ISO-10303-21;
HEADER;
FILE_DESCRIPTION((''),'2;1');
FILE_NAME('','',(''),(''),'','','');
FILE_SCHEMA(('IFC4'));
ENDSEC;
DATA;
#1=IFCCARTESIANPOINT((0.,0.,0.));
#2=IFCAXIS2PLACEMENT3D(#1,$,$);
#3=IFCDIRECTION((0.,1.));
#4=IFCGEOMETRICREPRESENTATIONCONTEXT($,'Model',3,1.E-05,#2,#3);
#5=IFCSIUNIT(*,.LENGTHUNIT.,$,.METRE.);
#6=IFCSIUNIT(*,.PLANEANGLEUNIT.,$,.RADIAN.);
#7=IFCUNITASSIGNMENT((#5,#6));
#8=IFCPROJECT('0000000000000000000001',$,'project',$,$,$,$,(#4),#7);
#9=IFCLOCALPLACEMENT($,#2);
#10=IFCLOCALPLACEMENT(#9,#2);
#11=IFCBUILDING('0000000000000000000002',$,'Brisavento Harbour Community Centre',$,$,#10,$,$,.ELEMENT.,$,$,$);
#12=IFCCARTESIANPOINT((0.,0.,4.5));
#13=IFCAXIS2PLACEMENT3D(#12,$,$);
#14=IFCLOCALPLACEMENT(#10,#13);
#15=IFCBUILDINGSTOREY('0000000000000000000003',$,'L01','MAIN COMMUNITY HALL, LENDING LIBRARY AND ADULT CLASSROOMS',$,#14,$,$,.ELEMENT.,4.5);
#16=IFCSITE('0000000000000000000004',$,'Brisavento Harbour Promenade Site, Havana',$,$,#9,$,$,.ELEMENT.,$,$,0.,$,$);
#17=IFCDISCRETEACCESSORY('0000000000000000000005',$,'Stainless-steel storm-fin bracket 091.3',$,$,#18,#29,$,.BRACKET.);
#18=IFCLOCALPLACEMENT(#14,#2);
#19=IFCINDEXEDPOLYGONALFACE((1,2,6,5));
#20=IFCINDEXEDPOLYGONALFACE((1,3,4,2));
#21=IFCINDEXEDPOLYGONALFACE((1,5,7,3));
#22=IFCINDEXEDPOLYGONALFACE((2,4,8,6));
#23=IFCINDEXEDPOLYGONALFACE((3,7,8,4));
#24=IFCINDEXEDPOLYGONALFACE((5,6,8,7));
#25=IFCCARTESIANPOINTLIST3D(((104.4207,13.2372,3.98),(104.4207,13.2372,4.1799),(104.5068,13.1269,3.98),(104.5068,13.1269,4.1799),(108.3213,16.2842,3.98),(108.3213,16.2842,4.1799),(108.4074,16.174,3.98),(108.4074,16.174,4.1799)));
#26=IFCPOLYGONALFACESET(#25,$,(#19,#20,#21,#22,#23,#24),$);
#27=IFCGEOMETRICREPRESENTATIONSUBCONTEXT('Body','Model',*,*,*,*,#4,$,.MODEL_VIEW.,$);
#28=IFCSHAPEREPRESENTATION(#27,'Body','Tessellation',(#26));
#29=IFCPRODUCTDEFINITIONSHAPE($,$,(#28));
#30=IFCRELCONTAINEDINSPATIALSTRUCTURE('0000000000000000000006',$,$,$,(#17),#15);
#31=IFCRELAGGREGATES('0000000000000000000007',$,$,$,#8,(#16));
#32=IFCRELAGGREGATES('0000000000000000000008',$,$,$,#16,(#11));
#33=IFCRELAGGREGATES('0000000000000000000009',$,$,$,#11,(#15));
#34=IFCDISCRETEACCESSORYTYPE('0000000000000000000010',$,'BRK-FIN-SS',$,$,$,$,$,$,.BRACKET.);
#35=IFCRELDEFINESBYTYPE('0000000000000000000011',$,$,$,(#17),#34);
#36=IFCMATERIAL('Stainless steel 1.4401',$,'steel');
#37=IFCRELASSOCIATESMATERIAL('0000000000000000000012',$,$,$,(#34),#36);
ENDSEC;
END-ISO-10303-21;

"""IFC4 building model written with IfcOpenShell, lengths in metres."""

from ifc_helpers import new_model, si_unit, direction, frame, origin, origin_2d, place, context, subcontext, project, spatial, rectangle, extrude, material, type_object, element, save


model = new_model("IFC4")

# Units and contexts
model_context = context("Model", 3, precision=1e-05, world=origin(), true_north=direction((0.0, 1.0)))
body_context = subcontext(model_context, "Body", "Model", "MODEL_VIEW")
ifc_project = project(units=[si_unit("LENGTHUNIT", "METRE"), si_unit("PLANEANGLEUNIT", "RADIAN")], contexts=[model_context])

# Site, building, storey
site_placement = place(None, origin())
site = spatial("IfcSite", under=ifc_project, at=site_placement, Name="Brisavento Harbour Promenade Site, Havana", CompositionType="ELEMENT", RefElevation=0.0)
building_placement = place(site_placement, origin())
building = spatial("IfcBuilding", under=site, at=building_placement, Name="Brisavento Harbour Community Centre", CompositionType="ELEMENT")
storey_placement = place(building_placement, frame((0.0, 0.0, 4.5)))
storey = spatial("IfcBuildingStorey", under=building, at=storey_placement, Name="L01", Description="MAIN COMMUNITY HALL, LENDING LIBRARY AND ADULT CLASSROOMS", CompositionType="ELEMENT", Elevation=4.5)

# Discrete accessory
ifc_material_1 = material(Name="Stainless steel 1.4401", Category="steel")
discrete_accessory_type = type_object("IfcDiscreteAccessoryType", Name="BRK-FIN-SS", PredefinedType="BRACKET", material=ifc_material_1)
discrete_accessory_1_placement = place(storey_placement, frame((106.4141, 14.7056, 3.98), z_axis=(0.0, 0.0, 1.0), x_axis=(-0.788054, -0.615606, 0.0)))
element("IfcDiscreteAccessory", 1, at=discrete_accessory_1_placement, inside=storey, type_object=discrete_accessory_type, Name="Stainless-steel storm-fin bracket 091.3", PredefinedType="BRACKET", context=body_context, shape_type="SweptSolid", body=[
    extrude(rectangle(XDim=4.9497, YDim=0.1399, at=origin_2d()), origin(), (0.0, 0.0, 1.0), 0.2),
])

save(model, "model.ifc")
